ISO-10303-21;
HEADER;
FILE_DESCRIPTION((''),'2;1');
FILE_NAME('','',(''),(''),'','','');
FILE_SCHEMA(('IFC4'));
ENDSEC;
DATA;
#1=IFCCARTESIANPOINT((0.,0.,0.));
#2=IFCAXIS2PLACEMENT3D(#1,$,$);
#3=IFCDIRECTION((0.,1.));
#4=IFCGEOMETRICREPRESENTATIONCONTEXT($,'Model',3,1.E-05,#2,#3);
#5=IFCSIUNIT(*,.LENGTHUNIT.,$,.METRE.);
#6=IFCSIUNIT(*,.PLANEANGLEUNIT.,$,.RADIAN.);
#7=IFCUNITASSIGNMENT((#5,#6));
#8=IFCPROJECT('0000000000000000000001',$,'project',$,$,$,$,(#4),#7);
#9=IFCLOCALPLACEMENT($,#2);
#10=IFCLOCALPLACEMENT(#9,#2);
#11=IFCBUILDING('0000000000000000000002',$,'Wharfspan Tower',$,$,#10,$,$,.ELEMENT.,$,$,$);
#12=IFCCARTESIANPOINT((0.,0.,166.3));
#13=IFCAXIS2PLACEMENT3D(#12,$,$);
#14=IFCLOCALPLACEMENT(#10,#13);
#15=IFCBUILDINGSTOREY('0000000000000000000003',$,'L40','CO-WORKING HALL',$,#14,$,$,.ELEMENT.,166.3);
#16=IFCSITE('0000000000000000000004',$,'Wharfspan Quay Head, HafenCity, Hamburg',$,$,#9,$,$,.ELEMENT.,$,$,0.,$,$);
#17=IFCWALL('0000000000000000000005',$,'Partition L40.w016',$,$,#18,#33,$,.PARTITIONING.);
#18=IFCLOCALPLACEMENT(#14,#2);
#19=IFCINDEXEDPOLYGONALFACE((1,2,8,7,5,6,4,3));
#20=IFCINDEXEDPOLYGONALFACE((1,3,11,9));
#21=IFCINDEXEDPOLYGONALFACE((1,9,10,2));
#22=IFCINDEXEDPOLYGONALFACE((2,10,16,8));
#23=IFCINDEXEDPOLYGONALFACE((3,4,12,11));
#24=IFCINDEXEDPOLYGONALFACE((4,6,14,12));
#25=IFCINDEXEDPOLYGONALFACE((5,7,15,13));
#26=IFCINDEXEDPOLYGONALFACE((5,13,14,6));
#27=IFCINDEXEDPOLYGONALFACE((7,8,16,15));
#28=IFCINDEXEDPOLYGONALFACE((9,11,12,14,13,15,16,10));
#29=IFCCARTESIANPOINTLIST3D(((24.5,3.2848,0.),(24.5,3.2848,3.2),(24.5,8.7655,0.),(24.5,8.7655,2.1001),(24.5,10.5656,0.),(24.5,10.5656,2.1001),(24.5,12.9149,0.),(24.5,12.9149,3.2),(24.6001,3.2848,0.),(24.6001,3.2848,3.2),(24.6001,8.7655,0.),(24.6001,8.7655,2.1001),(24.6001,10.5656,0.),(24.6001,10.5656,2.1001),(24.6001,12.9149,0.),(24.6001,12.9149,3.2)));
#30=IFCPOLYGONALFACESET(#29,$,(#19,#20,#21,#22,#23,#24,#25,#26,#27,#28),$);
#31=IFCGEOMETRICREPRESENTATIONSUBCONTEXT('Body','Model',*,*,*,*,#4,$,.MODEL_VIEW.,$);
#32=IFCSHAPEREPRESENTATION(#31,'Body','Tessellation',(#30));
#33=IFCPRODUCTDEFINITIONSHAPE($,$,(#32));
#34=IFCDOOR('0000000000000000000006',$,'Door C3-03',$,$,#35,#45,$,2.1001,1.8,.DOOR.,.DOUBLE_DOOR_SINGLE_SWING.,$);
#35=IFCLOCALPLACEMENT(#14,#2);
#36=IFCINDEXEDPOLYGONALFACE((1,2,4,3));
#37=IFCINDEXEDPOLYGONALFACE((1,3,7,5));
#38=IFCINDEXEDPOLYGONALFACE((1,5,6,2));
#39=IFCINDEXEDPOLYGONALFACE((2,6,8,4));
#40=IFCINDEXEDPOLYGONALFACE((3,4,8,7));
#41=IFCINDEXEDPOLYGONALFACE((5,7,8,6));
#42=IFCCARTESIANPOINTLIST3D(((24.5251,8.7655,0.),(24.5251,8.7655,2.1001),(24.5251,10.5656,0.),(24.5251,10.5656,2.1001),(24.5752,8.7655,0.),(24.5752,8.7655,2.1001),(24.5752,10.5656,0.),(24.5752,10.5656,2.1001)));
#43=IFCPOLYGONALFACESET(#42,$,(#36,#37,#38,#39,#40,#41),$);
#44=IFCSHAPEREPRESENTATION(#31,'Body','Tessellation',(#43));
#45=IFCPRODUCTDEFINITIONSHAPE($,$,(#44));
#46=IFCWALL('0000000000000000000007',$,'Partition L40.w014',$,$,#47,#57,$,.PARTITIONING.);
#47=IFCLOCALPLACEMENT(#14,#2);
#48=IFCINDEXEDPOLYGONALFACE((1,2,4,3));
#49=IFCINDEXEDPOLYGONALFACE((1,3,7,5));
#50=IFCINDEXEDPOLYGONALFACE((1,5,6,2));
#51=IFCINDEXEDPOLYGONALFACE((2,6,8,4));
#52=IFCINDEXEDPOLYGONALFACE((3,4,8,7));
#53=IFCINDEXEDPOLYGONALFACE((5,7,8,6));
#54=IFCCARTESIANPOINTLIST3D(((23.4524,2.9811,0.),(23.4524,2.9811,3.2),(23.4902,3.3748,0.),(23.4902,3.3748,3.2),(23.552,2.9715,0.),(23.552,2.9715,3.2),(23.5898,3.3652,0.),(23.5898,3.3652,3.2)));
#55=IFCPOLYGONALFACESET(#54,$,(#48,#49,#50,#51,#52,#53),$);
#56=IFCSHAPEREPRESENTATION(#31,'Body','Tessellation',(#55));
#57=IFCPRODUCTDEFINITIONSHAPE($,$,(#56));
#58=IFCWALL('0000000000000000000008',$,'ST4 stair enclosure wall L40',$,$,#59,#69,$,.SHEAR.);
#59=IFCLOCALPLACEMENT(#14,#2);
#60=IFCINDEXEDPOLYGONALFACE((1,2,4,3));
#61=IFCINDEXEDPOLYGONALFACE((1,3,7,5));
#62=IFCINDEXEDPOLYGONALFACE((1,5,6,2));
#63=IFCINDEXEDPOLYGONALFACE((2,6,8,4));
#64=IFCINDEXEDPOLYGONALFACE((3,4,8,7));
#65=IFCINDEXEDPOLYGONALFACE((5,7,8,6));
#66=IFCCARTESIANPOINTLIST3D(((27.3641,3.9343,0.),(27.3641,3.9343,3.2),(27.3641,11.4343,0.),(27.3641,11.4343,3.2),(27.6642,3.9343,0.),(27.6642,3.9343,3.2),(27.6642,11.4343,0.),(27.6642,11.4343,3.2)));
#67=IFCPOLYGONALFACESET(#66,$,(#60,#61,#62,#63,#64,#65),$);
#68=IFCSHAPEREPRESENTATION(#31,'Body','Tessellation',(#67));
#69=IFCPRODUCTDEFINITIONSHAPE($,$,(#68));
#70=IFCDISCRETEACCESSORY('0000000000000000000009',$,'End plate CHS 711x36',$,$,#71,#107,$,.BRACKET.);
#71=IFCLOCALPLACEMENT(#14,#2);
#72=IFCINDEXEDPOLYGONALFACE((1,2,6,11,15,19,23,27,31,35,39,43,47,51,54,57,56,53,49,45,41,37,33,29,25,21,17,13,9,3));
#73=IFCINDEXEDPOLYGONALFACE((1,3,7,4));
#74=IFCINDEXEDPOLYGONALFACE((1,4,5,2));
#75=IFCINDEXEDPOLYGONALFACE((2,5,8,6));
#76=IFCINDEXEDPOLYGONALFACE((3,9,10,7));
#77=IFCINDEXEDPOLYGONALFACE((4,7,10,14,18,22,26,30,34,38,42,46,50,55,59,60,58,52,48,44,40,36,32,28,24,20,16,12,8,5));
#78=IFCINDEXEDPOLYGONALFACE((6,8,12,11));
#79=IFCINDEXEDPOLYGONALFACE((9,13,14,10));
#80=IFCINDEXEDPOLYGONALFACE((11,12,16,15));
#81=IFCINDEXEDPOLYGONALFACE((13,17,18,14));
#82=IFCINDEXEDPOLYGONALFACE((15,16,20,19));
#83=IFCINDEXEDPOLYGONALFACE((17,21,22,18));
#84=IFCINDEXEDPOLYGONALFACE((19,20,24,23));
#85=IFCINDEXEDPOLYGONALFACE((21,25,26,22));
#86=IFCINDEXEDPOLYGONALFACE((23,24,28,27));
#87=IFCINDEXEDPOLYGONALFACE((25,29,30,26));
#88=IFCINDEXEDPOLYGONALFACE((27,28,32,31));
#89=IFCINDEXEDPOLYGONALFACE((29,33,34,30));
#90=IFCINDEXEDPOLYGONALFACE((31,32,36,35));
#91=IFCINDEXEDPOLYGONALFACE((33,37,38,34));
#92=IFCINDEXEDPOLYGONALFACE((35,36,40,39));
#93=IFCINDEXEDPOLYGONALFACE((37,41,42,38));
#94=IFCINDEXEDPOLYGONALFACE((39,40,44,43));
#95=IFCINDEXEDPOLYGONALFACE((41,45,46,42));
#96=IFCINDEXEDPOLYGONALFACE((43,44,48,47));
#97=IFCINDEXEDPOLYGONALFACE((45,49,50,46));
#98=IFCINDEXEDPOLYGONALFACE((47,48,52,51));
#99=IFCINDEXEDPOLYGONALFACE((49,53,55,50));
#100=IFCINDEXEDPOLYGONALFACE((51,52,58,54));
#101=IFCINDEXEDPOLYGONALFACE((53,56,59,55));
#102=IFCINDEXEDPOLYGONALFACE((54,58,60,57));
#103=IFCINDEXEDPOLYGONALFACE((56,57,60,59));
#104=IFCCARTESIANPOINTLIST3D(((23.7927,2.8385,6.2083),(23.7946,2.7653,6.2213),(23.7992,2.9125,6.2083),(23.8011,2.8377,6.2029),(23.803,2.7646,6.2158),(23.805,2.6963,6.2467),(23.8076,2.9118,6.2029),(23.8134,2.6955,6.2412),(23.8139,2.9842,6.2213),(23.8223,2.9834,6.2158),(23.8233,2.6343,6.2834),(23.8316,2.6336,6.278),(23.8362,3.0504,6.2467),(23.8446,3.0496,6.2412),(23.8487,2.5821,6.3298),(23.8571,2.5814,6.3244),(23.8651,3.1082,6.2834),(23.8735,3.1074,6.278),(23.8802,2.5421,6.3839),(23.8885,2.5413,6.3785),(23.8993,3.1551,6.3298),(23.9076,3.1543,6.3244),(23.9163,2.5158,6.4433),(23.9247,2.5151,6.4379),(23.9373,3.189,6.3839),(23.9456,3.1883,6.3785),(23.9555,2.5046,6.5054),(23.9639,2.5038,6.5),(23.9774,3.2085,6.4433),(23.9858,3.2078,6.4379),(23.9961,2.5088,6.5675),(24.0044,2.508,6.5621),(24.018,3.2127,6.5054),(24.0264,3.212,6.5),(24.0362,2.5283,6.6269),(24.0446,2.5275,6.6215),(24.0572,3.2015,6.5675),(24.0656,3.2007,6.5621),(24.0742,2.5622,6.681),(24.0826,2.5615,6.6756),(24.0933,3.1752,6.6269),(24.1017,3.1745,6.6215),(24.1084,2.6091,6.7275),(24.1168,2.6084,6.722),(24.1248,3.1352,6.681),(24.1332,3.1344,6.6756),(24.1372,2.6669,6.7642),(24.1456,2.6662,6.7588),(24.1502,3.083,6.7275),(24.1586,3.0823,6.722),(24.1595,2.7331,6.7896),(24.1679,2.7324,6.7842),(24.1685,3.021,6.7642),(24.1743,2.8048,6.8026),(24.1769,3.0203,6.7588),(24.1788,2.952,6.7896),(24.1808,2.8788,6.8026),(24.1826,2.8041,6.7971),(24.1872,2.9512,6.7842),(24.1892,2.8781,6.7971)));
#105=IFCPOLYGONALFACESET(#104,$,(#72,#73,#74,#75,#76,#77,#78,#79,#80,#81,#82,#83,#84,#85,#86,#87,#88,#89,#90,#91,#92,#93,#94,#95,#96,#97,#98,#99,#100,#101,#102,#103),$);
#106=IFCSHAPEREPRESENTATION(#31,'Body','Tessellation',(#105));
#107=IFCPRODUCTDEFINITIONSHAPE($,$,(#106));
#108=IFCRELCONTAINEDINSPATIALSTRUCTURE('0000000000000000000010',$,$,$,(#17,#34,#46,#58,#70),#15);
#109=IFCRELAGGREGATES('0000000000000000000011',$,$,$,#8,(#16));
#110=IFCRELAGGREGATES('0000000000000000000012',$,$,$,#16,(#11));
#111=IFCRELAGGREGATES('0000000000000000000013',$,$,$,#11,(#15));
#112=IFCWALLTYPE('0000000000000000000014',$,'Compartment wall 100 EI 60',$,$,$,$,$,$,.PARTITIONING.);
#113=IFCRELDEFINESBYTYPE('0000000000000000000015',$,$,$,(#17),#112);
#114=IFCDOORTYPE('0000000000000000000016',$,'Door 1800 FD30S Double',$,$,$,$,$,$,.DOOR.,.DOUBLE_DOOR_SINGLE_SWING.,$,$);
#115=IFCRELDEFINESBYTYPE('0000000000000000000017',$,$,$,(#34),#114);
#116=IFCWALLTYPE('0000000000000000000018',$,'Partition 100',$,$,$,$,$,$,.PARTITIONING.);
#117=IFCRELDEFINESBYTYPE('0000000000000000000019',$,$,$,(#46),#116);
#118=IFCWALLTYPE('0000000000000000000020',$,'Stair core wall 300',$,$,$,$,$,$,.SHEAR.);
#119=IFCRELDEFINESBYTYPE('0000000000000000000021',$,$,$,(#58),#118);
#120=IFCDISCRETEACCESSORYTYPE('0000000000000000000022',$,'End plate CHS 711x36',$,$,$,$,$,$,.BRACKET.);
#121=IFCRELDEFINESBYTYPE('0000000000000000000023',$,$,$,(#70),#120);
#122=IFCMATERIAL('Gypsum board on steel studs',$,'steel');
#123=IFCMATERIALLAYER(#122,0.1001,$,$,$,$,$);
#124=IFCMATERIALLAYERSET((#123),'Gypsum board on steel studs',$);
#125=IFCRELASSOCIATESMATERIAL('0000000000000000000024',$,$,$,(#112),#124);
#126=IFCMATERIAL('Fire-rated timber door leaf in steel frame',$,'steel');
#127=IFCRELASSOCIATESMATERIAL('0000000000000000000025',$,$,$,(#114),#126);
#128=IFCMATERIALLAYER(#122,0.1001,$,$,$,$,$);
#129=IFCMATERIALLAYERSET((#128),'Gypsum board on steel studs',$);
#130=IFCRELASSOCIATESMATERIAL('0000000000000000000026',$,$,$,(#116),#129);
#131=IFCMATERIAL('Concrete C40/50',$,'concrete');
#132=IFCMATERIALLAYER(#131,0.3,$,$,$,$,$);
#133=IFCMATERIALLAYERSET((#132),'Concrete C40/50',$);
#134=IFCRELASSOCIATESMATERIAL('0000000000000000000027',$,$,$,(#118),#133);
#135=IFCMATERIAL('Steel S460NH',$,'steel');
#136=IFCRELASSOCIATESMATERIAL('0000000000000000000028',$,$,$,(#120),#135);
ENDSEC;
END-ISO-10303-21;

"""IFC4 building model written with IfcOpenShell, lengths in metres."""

from ifc_helpers import new_model, si_unit, direction, frame, frame_2d, origin, origin_2d, place, context, subcontext, project, spatial, rectangle, circle, extrude, material, layer, layer_set, material_profile, profile_set, type_object, element, fill, save


model = new_model("IFC4")

# Units and contexts
model_context = context("Model", 3, precision=1e-05, world=origin(), true_north=direction((0.0, 1.0)))
body_context = subcontext(model_context, "Body", "Model", "MODEL_VIEW")
ifc_project = project(units=[si_unit("LENGTHUNIT", "METRE"), si_unit("PLANEANGLEUNIT", "RADIAN")], contexts=[model_context])

# Site, building, storey
site_placement = place(None, origin())
site = spatial("IfcSite", under=ifc_project, at=site_placement, Name="Wharfspan Quay Head, HafenCity, Hamburg", CompositionType="ELEMENT", RefElevation=0.0)
building_placement = place(site_placement, origin())
building = spatial("IfcBuilding", under=site, at=building_placement, Name="Wharfspan Tower", CompositionType="ELEMENT")
storey_placement = place(building_placement, frame((0.0, 0.0, 166.3)))
storey = spatial("IfcBuildingStorey", under=building, at=storey_placement, Name="L40", Description="CO-WORKING HALL", CompositionType="ELEMENT", Elevation=166.3)

# Wall, opening, door
ifc_material_1 = material(Name="Gypsum board on steel studs", Category="steel")
ifc_layer_1 = layer(ifc_material_1, 0.1001)
ifc_layer_set_1 = layer_set([ifc_layer_1], Name="Gypsum board on steel studs")
wall_type_1 = type_object("IfcWallType", Name="Compartment wall 100 EI 60", PredefinedType="PARTITIONING", material=ifc_layer_set_1)
wall_1_placement = place(storey_placement, frame((24.55, 3.2849, 0.0), z_axis=(0.0, 0.0, 1.0), x_axis=(0.0, 1.0, 0.0)))
wall_1 = element("IfcWall", 1, at=wall_1_placement, inside=storey, type_object=wall_type_1, Name="Partition L40.w016", PredefinedType="PARTITIONING", context=body_context, shape_type="SweptSolid", body=[
    extrude(rectangle(XDim=9.6301, YDim=0.1001, at=frame_2d((4.8149, 0.0))), origin(), (0.0, 0.0, 1.0), 3.2),
])
opening_placement = place(wall_1_placement, frame((5.4807, 0.0, 0.0)))
opening = element("IfcOpeningElement", 2, at=opening_placement, cuts=wall_1, PredefinedType="OPENING", context=body_context, shape_type="SweptSolid", body=[
    extrude(rectangle(XDim=1.8, YDim=2.1001, at=frame_2d((0.8999, 1.05))), frame((0.0, 0.0601, 0.0), z_axis=(0.0, -1.0, 0.0), x_axis=(1.0, 0.0, 0.0)), (0.0, 0.0, 1.0), 0.1201),
])
ifc_material_2 = material(Name="Fire-rated timber door leaf in steel frame", Category="steel")
door_type = type_object("IfcDoorType", Name="Door 1800 FD30S Double", OperationType="DOUBLE_DOOR_SINGLE_SWING", PredefinedType="DOOR", material=ifc_material_2)
door_placement = place(opening_placement, origin())
door = element("IfcDoor", 3, at=door_placement, inside=storey, type_object=door_type, Name="Door C3-03", OperationType="DOUBLE_DOOR_SINGLE_SWING", OverallHeight=2.1001, OverallWidth=1.8, PredefinedType="DOOR", context=body_context, shape_type="SweptSolid", body=[
    extrude(rectangle(XDim=1.8, YDim=2.1001, at=frame_2d((0.8999, 1.05))), frame((0.0, 0.0249, 0.0), z_axis=(0.0, -1.0, 0.0), x_axis=(1.0, 0.0, 0.0)), (0.0, 0.0, 1.0), 0.05),
])
fill(opening, door)

# Walls
ifc_layer_2 = layer(ifc_material_1, 0.1001)
ifc_layer_set_2 = layer_set([ifc_layer_2], Name="Gypsum board on steel studs")
wall_type_2 = type_object("IfcWallType", Name="Partition 100", PredefinedType="PARTITIONING", material=ifc_layer_set_2)
wall_2_placement = place(storey_placement, frame((23.5022, 2.9763, 0.0), z_axis=(0.0, 0.0, 1.0), x_axis=(0.095654, 0.995419, 0.0)))
element("IfcWall", 4, at=wall_2_placement, inside=storey, type_object=wall_type_2, Name="Partition L40.w014", PredefinedType="PARTITIONING", context=body_context, shape_type="SweptSolid", body=[
    extrude(rectangle(XDim=0.3955, YDim=0.1001, at=frame_2d((0.1978, 0.0))), origin(), (0.0, 0.0, 1.0), 3.2),
])
ifc_material_3 = material(Name="Concrete C40/50", Category="concrete")
ifc_layer_3 = layer(ifc_material_3, 0.3)
ifc_layer_set_3 = layer_set([ifc_layer_3], Name="Concrete C40/50")
wall_type_3 = type_object("IfcWallType", Name="Stair core wall 300", PredefinedType="SHEAR", material=ifc_layer_set_3)
wall_3_placement = place(storey_placement, frame((27.5142, 3.9343, 0.0), z_axis=(0.0, 0.0, 1.0), x_axis=(0.0, 1.0, 0.0)))
element("IfcWall", 5, at=wall_3_placement, inside=storey, type_object=wall_type_3, Name="ST4 stair enclosure wall L40", PredefinedType="SHEAR", context=body_context, shape_type="SweptSolid", body=[
    extrude(rectangle(XDim=7.5, YDim=0.3, at=frame_2d((3.75, 0.0))), origin(), (0.0, 0.0, 1.0), 3.2),
])

# Discrete accessory
ifc_material_4 = material(Name="Steel S460NH", Category="steel")
ifc_material_profile_1 = material_profile(ifc_material_4, circle(Radius=0.3555, at=origin_2d()))
ifc_profile_set_1 = profile_set([ifc_material_profile_1], Name="Steel S460NH")
discrete_accessory_type = type_object("IfcDiscreteAccessoryType", Name="End plate CHS 711x36", PredefinedType="BRACKET", material=ifc_profile_set_1)
discrete_accessory_placement = place(storey_placement, frame((23.9951, 2.8579, 6.5), z_axis=(-0.837276, 0.073877, 0.541767), x_axis=(-0.087893, -0.996132, 0.000001)))
element("IfcDiscreteAccessory", 6, at=discrete_accessory_placement, inside=storey, type_object=discrete_accessory_type, Name="End plate CHS 711x36", PredefinedType="BRACKET", context=body_context, shape_type="SweptSolid", body=[
    extrude(circle(Radius=0.3555, at=origin_2d()), origin(), (0.0, 0.0, 1.0), 0.01),
])

save(model, "model.ifc")
